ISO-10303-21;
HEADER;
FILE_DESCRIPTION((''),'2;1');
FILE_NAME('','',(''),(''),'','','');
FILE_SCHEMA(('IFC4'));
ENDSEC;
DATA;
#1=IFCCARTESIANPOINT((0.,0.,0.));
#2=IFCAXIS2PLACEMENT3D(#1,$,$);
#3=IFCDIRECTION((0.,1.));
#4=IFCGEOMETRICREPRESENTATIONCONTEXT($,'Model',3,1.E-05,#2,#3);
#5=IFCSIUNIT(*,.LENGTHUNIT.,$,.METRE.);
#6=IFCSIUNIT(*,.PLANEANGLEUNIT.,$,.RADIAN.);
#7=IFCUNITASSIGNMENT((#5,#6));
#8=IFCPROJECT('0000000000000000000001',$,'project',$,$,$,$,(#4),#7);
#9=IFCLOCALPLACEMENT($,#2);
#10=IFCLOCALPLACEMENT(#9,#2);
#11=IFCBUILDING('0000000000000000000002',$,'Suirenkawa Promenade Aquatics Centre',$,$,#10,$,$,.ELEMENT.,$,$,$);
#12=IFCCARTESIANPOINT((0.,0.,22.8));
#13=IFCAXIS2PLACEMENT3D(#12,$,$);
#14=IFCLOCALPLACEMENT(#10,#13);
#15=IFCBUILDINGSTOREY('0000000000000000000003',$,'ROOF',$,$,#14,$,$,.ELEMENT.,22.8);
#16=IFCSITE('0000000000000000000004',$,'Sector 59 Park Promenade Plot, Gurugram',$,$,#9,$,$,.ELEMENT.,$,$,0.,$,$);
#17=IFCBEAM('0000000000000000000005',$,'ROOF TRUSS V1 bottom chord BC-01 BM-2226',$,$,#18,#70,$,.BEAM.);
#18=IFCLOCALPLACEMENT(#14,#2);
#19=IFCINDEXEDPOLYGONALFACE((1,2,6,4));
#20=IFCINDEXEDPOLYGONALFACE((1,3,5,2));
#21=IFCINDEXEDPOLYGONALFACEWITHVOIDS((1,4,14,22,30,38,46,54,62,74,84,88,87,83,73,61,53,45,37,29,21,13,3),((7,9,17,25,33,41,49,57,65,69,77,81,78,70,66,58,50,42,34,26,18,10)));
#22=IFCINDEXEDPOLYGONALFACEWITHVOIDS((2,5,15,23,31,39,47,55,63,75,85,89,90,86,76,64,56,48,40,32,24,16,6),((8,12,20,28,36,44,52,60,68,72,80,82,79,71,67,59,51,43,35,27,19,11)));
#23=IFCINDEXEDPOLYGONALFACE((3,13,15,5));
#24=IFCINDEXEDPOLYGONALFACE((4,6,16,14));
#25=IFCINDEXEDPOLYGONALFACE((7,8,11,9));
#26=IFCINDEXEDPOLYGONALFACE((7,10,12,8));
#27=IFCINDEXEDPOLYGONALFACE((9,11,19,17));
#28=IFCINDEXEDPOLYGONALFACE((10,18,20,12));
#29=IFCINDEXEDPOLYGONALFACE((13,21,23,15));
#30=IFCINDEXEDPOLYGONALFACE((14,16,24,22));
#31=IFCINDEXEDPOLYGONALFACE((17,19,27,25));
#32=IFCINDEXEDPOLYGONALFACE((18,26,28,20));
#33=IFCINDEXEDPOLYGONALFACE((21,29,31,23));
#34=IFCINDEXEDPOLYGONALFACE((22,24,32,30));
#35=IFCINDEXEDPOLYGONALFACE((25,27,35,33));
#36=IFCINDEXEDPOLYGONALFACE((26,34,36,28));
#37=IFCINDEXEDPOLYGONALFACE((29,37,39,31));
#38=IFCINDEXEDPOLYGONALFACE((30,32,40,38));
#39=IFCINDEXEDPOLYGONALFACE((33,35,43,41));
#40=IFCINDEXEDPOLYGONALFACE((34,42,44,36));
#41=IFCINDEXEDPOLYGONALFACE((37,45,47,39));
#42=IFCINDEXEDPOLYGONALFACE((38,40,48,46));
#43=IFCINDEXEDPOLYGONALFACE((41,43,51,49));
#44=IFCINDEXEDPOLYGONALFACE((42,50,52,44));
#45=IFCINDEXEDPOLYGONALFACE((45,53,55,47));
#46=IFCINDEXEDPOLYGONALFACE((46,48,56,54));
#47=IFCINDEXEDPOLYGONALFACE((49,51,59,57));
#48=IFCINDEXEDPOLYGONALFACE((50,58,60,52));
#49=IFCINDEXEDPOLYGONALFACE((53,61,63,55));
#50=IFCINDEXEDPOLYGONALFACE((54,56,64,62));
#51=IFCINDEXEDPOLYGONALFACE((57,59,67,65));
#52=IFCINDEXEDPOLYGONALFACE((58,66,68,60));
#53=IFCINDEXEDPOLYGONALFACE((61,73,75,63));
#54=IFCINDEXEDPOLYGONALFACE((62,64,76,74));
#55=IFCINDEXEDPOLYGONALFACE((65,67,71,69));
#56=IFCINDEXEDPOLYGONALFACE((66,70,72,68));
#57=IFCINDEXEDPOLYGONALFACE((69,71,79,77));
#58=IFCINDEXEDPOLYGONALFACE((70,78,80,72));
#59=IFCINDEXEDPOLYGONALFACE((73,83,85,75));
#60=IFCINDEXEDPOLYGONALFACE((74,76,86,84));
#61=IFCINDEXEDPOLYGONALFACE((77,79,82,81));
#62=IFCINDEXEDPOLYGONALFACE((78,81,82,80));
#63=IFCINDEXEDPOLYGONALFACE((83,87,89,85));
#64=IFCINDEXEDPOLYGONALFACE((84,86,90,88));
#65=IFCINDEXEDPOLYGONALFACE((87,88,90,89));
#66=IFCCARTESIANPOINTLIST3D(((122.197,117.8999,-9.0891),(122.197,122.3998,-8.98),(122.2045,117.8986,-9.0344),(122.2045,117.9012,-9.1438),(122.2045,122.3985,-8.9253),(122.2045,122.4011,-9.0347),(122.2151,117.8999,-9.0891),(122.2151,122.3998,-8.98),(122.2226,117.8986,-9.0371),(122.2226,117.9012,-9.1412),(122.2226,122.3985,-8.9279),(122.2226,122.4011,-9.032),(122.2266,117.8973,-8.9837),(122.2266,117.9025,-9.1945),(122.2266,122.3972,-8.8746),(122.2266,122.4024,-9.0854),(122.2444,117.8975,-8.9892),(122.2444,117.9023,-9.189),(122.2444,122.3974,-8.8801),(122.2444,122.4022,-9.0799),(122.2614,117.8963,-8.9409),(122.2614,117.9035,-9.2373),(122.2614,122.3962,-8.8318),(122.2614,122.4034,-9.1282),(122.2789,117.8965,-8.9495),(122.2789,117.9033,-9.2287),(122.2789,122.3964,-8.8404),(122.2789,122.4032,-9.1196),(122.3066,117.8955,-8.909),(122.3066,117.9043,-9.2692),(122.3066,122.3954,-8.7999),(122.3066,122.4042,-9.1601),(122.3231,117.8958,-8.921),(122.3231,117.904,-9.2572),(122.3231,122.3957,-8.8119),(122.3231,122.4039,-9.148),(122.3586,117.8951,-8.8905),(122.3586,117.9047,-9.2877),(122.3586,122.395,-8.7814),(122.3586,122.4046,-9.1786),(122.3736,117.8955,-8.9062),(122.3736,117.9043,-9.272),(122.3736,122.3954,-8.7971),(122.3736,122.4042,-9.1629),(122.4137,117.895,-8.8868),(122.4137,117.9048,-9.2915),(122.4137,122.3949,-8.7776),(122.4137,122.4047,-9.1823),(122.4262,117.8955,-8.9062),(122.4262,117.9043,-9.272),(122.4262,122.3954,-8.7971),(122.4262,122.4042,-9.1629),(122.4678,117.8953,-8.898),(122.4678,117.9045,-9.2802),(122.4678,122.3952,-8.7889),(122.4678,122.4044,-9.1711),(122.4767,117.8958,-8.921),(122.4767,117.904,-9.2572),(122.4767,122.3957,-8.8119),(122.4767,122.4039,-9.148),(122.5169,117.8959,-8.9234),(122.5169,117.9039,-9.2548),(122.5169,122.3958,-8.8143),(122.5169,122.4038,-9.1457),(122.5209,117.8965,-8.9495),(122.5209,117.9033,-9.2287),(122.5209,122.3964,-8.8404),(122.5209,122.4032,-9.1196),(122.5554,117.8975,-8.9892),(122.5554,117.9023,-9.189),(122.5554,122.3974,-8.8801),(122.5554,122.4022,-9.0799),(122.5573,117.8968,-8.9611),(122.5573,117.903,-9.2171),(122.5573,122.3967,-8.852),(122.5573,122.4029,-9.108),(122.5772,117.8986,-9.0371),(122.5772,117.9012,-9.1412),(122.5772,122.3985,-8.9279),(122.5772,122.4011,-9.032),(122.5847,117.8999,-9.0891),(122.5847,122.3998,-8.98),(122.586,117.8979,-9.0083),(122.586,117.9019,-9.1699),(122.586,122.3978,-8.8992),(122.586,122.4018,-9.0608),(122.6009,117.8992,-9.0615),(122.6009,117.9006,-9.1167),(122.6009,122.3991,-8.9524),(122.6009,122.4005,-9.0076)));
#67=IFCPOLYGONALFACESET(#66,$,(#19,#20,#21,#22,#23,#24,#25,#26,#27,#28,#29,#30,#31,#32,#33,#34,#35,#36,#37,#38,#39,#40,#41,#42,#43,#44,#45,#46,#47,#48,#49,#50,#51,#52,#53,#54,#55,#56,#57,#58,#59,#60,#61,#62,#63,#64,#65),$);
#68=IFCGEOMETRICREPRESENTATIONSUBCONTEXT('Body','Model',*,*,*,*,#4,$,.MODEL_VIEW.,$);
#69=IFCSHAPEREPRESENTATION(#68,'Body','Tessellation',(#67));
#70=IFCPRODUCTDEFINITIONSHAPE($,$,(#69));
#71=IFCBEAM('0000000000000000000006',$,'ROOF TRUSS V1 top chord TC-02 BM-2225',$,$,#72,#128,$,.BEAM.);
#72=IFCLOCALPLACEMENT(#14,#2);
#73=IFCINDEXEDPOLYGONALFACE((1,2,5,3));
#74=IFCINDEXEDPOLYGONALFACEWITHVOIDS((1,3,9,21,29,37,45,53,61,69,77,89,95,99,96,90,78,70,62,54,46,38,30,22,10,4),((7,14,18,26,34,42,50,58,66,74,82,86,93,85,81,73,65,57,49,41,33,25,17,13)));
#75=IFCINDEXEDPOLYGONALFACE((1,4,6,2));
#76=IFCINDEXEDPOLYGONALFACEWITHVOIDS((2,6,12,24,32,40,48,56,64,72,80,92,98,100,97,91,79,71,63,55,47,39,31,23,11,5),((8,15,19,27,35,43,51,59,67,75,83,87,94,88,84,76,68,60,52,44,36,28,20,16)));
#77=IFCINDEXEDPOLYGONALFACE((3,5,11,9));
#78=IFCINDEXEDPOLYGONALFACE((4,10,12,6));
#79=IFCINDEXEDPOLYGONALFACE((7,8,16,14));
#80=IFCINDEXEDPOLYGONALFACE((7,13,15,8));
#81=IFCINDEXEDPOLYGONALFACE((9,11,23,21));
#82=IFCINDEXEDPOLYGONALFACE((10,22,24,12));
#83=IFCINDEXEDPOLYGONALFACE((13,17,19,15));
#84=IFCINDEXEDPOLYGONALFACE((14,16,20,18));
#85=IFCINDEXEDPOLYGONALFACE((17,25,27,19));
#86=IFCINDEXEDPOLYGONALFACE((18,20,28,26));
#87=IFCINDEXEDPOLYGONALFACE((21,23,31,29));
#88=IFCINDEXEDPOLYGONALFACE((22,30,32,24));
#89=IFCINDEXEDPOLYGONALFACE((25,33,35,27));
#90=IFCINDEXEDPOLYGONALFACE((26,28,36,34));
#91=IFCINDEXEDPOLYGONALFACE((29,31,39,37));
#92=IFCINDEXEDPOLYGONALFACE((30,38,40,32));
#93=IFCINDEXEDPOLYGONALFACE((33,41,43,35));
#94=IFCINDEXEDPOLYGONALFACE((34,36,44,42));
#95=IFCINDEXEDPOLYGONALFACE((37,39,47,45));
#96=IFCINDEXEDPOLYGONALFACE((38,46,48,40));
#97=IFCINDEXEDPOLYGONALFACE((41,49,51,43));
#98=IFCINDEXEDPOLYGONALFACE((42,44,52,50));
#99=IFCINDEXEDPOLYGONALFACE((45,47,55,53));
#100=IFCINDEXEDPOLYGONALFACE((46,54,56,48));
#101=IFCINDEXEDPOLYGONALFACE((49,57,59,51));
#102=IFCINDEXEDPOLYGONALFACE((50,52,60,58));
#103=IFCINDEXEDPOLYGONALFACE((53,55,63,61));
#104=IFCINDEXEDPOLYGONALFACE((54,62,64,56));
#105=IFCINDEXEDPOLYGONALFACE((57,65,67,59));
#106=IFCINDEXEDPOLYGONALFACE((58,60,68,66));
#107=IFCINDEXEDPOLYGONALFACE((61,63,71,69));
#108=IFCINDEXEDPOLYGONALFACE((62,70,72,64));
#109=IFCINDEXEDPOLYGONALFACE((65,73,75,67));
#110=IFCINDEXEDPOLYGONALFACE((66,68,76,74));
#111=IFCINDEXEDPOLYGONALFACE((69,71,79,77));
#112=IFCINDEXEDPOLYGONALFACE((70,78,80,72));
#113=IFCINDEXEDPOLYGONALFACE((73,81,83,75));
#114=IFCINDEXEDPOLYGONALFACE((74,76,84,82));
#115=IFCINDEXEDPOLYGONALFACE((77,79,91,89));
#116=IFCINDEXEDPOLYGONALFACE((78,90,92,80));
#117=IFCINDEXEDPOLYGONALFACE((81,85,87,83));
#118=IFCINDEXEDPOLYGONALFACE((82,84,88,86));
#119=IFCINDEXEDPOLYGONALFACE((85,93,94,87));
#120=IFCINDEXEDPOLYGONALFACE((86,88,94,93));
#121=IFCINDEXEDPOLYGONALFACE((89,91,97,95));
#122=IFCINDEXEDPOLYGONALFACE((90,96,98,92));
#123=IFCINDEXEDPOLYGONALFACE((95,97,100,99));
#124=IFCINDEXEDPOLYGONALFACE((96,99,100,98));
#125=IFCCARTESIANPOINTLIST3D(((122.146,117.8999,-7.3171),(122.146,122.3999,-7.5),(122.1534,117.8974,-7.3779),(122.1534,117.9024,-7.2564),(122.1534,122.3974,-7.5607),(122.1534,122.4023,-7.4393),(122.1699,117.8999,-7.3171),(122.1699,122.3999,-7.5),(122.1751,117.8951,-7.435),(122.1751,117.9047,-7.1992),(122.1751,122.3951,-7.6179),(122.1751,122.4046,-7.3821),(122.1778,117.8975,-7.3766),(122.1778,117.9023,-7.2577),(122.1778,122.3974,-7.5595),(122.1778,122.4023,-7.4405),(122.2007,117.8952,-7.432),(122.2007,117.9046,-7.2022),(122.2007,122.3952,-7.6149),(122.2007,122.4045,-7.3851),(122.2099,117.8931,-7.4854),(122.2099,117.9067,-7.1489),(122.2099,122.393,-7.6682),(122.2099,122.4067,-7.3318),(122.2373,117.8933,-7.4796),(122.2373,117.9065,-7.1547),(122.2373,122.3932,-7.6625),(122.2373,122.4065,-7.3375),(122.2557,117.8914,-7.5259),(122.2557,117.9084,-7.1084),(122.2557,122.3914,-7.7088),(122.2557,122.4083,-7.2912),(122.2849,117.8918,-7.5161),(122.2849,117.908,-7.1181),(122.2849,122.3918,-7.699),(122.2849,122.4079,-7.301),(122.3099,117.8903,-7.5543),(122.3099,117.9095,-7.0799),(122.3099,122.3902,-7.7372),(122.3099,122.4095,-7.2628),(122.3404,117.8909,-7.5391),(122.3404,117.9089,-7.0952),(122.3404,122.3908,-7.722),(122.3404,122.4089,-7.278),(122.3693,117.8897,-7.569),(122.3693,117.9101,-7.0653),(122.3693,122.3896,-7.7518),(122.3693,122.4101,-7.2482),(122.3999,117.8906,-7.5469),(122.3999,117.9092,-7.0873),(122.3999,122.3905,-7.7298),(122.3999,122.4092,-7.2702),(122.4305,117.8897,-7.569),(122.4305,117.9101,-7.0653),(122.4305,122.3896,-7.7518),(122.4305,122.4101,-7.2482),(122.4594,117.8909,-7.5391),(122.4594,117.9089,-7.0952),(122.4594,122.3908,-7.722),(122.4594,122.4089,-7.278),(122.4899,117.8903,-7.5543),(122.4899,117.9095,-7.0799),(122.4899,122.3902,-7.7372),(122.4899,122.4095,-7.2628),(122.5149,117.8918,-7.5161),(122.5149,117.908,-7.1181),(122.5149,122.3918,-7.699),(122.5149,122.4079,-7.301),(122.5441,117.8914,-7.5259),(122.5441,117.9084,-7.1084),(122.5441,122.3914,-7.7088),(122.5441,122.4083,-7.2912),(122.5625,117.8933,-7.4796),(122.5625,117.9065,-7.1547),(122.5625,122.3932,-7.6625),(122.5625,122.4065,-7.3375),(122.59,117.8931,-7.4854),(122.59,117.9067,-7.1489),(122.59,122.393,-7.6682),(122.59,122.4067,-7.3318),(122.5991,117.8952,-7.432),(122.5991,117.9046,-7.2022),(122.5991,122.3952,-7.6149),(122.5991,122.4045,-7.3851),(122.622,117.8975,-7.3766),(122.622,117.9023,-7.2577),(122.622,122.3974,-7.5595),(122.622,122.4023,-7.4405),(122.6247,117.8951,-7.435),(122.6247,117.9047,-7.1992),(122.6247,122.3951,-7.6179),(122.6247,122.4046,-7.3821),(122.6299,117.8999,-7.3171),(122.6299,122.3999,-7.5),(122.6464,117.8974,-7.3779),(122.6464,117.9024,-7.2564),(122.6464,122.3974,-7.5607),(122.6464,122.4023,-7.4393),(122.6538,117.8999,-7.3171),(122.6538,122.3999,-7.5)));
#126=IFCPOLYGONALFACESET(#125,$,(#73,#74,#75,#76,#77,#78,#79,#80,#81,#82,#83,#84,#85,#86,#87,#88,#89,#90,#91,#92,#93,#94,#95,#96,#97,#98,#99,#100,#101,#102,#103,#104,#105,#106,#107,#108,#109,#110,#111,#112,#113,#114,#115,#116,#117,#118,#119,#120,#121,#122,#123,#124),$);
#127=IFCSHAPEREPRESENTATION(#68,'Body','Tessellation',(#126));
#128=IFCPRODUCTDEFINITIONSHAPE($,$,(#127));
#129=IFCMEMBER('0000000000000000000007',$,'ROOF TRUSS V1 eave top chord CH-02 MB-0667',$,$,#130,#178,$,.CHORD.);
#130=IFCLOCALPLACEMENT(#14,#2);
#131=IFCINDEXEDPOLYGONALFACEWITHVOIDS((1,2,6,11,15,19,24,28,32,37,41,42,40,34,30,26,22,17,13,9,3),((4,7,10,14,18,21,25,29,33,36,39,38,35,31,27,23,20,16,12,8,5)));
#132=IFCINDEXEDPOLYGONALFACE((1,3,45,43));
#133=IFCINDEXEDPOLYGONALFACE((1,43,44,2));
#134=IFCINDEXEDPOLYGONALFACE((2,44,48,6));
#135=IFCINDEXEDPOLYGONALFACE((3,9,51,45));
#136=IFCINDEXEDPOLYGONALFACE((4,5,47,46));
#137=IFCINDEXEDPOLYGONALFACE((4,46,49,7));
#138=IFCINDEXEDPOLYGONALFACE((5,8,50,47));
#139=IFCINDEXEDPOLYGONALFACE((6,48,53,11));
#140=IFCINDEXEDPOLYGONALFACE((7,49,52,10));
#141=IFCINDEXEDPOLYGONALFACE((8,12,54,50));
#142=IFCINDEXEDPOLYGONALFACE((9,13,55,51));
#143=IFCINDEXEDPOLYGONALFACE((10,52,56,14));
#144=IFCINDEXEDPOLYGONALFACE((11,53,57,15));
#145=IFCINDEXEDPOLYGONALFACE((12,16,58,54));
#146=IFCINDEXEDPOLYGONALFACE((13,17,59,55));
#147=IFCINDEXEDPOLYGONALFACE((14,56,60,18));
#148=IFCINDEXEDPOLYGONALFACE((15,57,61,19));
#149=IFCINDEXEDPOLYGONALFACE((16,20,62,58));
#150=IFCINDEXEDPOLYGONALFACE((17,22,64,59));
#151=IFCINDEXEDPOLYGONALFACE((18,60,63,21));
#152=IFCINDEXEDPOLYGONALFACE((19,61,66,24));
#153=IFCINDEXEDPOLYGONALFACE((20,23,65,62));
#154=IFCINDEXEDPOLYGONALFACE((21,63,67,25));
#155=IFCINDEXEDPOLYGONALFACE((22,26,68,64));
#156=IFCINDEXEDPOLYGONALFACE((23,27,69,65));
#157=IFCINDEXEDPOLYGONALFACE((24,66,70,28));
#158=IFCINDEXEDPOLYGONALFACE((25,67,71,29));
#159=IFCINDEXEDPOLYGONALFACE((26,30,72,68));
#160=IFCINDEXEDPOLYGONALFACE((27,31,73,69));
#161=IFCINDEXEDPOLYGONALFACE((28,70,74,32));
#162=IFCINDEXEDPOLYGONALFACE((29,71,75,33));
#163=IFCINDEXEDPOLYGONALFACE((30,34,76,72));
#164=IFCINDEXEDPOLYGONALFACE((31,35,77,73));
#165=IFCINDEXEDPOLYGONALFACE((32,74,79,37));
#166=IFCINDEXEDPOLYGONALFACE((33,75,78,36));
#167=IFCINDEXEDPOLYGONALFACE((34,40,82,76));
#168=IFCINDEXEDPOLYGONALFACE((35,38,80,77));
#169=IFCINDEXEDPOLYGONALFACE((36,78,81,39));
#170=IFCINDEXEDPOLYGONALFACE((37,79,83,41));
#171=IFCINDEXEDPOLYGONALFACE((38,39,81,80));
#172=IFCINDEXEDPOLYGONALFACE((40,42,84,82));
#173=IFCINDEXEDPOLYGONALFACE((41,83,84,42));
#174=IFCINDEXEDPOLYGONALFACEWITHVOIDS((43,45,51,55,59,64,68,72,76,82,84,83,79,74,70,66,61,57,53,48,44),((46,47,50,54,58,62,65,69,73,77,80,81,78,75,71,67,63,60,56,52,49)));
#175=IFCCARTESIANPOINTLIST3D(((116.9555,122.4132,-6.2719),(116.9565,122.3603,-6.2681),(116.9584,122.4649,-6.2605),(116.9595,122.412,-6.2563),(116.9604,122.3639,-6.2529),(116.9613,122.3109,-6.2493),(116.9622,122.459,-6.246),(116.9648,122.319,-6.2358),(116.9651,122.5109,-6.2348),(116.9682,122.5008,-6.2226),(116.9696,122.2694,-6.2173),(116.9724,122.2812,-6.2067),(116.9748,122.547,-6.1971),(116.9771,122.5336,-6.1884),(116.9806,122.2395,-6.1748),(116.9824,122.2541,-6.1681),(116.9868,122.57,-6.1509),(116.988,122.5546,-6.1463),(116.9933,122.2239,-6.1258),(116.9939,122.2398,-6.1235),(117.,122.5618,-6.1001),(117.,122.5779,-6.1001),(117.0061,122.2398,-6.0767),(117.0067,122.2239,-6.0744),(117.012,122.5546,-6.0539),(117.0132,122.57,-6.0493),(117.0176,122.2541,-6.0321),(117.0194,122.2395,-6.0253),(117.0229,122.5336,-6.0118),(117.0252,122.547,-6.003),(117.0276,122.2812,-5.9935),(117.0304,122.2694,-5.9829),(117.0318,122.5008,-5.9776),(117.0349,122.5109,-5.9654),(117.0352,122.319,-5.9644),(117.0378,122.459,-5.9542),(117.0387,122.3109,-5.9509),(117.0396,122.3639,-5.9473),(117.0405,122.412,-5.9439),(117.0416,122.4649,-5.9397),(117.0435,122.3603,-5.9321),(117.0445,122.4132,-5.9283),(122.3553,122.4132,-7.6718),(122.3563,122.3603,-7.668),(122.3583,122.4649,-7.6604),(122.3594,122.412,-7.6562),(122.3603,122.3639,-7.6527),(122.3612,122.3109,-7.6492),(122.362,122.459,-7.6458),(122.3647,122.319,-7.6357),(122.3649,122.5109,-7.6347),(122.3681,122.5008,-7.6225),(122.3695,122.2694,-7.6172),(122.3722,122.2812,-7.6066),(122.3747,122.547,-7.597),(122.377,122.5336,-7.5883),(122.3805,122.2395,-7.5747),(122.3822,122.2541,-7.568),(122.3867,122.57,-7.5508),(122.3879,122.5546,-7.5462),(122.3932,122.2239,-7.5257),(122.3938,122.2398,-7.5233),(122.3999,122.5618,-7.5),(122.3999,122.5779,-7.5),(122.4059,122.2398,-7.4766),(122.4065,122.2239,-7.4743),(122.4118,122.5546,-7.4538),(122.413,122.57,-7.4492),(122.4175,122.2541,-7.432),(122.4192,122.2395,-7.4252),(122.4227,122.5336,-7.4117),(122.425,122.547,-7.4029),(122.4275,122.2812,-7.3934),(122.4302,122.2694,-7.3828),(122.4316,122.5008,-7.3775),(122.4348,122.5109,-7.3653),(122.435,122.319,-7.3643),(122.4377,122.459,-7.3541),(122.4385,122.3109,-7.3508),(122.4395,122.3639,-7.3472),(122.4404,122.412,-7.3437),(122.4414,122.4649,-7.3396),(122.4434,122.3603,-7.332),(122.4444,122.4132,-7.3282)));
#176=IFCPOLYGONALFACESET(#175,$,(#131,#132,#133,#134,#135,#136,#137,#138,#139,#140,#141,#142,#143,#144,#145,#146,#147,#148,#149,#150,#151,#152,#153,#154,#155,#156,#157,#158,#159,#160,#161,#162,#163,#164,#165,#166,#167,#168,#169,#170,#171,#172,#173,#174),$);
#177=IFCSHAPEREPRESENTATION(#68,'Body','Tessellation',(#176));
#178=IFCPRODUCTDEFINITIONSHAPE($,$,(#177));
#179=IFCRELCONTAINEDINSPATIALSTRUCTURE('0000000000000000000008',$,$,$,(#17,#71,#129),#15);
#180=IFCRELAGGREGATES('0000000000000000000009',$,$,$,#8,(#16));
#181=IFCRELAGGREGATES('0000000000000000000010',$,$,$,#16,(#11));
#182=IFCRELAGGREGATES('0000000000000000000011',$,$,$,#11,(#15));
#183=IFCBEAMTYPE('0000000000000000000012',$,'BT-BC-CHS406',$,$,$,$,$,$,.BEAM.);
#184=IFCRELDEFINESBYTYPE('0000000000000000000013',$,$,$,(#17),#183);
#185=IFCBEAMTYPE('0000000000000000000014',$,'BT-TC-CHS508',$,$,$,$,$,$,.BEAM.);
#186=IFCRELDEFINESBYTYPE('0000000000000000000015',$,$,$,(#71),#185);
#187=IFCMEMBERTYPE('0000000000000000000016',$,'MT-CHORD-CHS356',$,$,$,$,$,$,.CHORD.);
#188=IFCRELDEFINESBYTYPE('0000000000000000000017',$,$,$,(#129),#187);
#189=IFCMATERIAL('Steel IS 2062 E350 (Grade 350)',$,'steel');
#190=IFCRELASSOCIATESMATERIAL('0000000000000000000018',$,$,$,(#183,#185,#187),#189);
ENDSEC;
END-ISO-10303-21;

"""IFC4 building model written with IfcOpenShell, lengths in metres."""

from ifc_helpers import new_model, si_unit, direction, frame, origin, origin_2d, place, context, subcontext, project, spatial, hollow_circle, extrude, material, material_profile, profile_set, type_object, element, save


model = new_model("IFC4")

# Units and contexts
model_context = context("Model", 3, precision=1e-05, world=origin(), true_north=direction((0.0, 1.0)))
body_context = subcontext(model_context, "Body", "Model", "MODEL_VIEW")
ifc_project = project(units=[si_unit("LENGTHUNIT", "METRE"), si_unit("PLANEANGLEUNIT", "RADIAN")], contexts=[model_context])

# Site, building, storey
site_placement = place(None, origin())
site = spatial("IfcSite", under=ifc_project, at=site_placement, Name="Sector 59 Park Promenade Plot, Gurugram", CompositionType="ELEMENT", RefElevation=0.0)
building_placement = place(site_placement, origin())
building = spatial("IfcBuilding", under=site, at=building_placement, Name="Suirenkawa Promenade Aquatics Centre", CompositionType="ELEMENT")
storey_placement = place(building_placement, frame((0.0, 0.0, 22.8)))
storey = spatial("IfcBuildingStorey", under=building, at=storey_placement, Name="ROOF", CompositionType="ELEMENT", Elevation=22.8)

# Beams
ifc_material = material(Name="Steel IS 2062 E350 (Grade 350)", Category="steel")
ifc_material_profile_1 = material_profile(ifc_material, hollow_circle(Radius=0.2029, WallThickness=0.0181, at=origin_2d()), Name="CHS 406x18", Category="steel")
ifc_profile_set_1 = profile_set([ifc_material_profile_1], Name="Steel IS 2062 E350 (Grade 350)")
beam_type_1 = type_object("IfcBeamType", Name="BT-BC-CHS406", PredefinedType="BEAM", material=ifc_profile_set_1)
beam_1_placement = place(storey_placement, frame((122.3999, 117.8999, -9.0891), z_axis=(0.0, 0.999706, 0.024244), x_axis=(-1.0, 0.0, 0.0)))
element("IfcBeam", 1, at=beam_1_placement, inside=storey, type_object=beam_type_1, Name="ROOF TRUSS V1 bottom chord BC-01 BM-2226", PredefinedType="BEAM", context=body_context, shape_type="SweptSolid", body=[
    extrude(hollow_circle(Radius=0.2029, WallThickness=0.0181, at=origin_2d()), origin(), (0.0, 0.0, 1.0), 4.5012),
])
ifc_material_profile_2 = material_profile(ifc_material, hollow_circle(Radius=0.2539, WallThickness=0.0239, at=origin_2d()), Name="CHS 508x24", Category="steel")
ifc_profile_set_2 = profile_set([ifc_material_profile_2], Name="Steel IS 2062 E350 (Grade 350)")
beam_type_2 = type_object("IfcBeamType", Name="BT-TC-CHS508", PredefinedType="BEAM", material=ifc_profile_set_2)
beam_2_placement = place(storey_placement, frame((122.3999, 117.8999, -7.3171), z_axis=(0.0, 0.999175, -0.040602), x_axis=(-1.0, 0.0, 0.0)))
element("IfcBeam", 2, at=beam_2_placement, inside=storey, type_object=beam_type_2, Name="ROOF TRUSS V1 top chord TC-02 BM-2225", PredefinedType="BEAM", context=body_context, shape_type="SweptSolid", body=[
    extrude(hollow_circle(Radius=0.2539, WallThickness=0.0239, at=origin_2d()), origin(), (0.0, 0.0, 1.0), 4.5037),
])

# Member
ifc_material_profile_3 = material_profile(ifc_material, hollow_circle(Radius=0.178, WallThickness=0.0161, at=origin_2d()), Name="CHS 356x16", Category="steel")
ifc_profile_set_3 = profile_set([ifc_material_profile_3], Name="Steel IS 2062 E350 (Grade 350)")
member_type_1 = type_object("IfcMemberType", Name="MT-CHORD-CHS356", PredefinedType="CHORD", material=ifc_profile_set_3)
member_1_placement = place(storey_placement, frame((117.0, 122.3999, -6.1001), z_axis=(0.968, 0.0, -0.25095), x_axis=(0.0, 1.0, 0.0)))
element("IfcMember", 3, at=member_1_placement, inside=storey, type_object=member_type_1, Name="ROOF TRUSS V1 eave top chord CH-02 MB-0667", PredefinedType="CHORD", context=body_context, shape_type="SweptSolid", body=[
    extrude(hollow_circle(Radius=0.178, WallThickness=0.0161, at=origin_2d()), origin(), (0.0, 0.0, 1.0), 5.5784),
])

save(model, "model.ifc")
